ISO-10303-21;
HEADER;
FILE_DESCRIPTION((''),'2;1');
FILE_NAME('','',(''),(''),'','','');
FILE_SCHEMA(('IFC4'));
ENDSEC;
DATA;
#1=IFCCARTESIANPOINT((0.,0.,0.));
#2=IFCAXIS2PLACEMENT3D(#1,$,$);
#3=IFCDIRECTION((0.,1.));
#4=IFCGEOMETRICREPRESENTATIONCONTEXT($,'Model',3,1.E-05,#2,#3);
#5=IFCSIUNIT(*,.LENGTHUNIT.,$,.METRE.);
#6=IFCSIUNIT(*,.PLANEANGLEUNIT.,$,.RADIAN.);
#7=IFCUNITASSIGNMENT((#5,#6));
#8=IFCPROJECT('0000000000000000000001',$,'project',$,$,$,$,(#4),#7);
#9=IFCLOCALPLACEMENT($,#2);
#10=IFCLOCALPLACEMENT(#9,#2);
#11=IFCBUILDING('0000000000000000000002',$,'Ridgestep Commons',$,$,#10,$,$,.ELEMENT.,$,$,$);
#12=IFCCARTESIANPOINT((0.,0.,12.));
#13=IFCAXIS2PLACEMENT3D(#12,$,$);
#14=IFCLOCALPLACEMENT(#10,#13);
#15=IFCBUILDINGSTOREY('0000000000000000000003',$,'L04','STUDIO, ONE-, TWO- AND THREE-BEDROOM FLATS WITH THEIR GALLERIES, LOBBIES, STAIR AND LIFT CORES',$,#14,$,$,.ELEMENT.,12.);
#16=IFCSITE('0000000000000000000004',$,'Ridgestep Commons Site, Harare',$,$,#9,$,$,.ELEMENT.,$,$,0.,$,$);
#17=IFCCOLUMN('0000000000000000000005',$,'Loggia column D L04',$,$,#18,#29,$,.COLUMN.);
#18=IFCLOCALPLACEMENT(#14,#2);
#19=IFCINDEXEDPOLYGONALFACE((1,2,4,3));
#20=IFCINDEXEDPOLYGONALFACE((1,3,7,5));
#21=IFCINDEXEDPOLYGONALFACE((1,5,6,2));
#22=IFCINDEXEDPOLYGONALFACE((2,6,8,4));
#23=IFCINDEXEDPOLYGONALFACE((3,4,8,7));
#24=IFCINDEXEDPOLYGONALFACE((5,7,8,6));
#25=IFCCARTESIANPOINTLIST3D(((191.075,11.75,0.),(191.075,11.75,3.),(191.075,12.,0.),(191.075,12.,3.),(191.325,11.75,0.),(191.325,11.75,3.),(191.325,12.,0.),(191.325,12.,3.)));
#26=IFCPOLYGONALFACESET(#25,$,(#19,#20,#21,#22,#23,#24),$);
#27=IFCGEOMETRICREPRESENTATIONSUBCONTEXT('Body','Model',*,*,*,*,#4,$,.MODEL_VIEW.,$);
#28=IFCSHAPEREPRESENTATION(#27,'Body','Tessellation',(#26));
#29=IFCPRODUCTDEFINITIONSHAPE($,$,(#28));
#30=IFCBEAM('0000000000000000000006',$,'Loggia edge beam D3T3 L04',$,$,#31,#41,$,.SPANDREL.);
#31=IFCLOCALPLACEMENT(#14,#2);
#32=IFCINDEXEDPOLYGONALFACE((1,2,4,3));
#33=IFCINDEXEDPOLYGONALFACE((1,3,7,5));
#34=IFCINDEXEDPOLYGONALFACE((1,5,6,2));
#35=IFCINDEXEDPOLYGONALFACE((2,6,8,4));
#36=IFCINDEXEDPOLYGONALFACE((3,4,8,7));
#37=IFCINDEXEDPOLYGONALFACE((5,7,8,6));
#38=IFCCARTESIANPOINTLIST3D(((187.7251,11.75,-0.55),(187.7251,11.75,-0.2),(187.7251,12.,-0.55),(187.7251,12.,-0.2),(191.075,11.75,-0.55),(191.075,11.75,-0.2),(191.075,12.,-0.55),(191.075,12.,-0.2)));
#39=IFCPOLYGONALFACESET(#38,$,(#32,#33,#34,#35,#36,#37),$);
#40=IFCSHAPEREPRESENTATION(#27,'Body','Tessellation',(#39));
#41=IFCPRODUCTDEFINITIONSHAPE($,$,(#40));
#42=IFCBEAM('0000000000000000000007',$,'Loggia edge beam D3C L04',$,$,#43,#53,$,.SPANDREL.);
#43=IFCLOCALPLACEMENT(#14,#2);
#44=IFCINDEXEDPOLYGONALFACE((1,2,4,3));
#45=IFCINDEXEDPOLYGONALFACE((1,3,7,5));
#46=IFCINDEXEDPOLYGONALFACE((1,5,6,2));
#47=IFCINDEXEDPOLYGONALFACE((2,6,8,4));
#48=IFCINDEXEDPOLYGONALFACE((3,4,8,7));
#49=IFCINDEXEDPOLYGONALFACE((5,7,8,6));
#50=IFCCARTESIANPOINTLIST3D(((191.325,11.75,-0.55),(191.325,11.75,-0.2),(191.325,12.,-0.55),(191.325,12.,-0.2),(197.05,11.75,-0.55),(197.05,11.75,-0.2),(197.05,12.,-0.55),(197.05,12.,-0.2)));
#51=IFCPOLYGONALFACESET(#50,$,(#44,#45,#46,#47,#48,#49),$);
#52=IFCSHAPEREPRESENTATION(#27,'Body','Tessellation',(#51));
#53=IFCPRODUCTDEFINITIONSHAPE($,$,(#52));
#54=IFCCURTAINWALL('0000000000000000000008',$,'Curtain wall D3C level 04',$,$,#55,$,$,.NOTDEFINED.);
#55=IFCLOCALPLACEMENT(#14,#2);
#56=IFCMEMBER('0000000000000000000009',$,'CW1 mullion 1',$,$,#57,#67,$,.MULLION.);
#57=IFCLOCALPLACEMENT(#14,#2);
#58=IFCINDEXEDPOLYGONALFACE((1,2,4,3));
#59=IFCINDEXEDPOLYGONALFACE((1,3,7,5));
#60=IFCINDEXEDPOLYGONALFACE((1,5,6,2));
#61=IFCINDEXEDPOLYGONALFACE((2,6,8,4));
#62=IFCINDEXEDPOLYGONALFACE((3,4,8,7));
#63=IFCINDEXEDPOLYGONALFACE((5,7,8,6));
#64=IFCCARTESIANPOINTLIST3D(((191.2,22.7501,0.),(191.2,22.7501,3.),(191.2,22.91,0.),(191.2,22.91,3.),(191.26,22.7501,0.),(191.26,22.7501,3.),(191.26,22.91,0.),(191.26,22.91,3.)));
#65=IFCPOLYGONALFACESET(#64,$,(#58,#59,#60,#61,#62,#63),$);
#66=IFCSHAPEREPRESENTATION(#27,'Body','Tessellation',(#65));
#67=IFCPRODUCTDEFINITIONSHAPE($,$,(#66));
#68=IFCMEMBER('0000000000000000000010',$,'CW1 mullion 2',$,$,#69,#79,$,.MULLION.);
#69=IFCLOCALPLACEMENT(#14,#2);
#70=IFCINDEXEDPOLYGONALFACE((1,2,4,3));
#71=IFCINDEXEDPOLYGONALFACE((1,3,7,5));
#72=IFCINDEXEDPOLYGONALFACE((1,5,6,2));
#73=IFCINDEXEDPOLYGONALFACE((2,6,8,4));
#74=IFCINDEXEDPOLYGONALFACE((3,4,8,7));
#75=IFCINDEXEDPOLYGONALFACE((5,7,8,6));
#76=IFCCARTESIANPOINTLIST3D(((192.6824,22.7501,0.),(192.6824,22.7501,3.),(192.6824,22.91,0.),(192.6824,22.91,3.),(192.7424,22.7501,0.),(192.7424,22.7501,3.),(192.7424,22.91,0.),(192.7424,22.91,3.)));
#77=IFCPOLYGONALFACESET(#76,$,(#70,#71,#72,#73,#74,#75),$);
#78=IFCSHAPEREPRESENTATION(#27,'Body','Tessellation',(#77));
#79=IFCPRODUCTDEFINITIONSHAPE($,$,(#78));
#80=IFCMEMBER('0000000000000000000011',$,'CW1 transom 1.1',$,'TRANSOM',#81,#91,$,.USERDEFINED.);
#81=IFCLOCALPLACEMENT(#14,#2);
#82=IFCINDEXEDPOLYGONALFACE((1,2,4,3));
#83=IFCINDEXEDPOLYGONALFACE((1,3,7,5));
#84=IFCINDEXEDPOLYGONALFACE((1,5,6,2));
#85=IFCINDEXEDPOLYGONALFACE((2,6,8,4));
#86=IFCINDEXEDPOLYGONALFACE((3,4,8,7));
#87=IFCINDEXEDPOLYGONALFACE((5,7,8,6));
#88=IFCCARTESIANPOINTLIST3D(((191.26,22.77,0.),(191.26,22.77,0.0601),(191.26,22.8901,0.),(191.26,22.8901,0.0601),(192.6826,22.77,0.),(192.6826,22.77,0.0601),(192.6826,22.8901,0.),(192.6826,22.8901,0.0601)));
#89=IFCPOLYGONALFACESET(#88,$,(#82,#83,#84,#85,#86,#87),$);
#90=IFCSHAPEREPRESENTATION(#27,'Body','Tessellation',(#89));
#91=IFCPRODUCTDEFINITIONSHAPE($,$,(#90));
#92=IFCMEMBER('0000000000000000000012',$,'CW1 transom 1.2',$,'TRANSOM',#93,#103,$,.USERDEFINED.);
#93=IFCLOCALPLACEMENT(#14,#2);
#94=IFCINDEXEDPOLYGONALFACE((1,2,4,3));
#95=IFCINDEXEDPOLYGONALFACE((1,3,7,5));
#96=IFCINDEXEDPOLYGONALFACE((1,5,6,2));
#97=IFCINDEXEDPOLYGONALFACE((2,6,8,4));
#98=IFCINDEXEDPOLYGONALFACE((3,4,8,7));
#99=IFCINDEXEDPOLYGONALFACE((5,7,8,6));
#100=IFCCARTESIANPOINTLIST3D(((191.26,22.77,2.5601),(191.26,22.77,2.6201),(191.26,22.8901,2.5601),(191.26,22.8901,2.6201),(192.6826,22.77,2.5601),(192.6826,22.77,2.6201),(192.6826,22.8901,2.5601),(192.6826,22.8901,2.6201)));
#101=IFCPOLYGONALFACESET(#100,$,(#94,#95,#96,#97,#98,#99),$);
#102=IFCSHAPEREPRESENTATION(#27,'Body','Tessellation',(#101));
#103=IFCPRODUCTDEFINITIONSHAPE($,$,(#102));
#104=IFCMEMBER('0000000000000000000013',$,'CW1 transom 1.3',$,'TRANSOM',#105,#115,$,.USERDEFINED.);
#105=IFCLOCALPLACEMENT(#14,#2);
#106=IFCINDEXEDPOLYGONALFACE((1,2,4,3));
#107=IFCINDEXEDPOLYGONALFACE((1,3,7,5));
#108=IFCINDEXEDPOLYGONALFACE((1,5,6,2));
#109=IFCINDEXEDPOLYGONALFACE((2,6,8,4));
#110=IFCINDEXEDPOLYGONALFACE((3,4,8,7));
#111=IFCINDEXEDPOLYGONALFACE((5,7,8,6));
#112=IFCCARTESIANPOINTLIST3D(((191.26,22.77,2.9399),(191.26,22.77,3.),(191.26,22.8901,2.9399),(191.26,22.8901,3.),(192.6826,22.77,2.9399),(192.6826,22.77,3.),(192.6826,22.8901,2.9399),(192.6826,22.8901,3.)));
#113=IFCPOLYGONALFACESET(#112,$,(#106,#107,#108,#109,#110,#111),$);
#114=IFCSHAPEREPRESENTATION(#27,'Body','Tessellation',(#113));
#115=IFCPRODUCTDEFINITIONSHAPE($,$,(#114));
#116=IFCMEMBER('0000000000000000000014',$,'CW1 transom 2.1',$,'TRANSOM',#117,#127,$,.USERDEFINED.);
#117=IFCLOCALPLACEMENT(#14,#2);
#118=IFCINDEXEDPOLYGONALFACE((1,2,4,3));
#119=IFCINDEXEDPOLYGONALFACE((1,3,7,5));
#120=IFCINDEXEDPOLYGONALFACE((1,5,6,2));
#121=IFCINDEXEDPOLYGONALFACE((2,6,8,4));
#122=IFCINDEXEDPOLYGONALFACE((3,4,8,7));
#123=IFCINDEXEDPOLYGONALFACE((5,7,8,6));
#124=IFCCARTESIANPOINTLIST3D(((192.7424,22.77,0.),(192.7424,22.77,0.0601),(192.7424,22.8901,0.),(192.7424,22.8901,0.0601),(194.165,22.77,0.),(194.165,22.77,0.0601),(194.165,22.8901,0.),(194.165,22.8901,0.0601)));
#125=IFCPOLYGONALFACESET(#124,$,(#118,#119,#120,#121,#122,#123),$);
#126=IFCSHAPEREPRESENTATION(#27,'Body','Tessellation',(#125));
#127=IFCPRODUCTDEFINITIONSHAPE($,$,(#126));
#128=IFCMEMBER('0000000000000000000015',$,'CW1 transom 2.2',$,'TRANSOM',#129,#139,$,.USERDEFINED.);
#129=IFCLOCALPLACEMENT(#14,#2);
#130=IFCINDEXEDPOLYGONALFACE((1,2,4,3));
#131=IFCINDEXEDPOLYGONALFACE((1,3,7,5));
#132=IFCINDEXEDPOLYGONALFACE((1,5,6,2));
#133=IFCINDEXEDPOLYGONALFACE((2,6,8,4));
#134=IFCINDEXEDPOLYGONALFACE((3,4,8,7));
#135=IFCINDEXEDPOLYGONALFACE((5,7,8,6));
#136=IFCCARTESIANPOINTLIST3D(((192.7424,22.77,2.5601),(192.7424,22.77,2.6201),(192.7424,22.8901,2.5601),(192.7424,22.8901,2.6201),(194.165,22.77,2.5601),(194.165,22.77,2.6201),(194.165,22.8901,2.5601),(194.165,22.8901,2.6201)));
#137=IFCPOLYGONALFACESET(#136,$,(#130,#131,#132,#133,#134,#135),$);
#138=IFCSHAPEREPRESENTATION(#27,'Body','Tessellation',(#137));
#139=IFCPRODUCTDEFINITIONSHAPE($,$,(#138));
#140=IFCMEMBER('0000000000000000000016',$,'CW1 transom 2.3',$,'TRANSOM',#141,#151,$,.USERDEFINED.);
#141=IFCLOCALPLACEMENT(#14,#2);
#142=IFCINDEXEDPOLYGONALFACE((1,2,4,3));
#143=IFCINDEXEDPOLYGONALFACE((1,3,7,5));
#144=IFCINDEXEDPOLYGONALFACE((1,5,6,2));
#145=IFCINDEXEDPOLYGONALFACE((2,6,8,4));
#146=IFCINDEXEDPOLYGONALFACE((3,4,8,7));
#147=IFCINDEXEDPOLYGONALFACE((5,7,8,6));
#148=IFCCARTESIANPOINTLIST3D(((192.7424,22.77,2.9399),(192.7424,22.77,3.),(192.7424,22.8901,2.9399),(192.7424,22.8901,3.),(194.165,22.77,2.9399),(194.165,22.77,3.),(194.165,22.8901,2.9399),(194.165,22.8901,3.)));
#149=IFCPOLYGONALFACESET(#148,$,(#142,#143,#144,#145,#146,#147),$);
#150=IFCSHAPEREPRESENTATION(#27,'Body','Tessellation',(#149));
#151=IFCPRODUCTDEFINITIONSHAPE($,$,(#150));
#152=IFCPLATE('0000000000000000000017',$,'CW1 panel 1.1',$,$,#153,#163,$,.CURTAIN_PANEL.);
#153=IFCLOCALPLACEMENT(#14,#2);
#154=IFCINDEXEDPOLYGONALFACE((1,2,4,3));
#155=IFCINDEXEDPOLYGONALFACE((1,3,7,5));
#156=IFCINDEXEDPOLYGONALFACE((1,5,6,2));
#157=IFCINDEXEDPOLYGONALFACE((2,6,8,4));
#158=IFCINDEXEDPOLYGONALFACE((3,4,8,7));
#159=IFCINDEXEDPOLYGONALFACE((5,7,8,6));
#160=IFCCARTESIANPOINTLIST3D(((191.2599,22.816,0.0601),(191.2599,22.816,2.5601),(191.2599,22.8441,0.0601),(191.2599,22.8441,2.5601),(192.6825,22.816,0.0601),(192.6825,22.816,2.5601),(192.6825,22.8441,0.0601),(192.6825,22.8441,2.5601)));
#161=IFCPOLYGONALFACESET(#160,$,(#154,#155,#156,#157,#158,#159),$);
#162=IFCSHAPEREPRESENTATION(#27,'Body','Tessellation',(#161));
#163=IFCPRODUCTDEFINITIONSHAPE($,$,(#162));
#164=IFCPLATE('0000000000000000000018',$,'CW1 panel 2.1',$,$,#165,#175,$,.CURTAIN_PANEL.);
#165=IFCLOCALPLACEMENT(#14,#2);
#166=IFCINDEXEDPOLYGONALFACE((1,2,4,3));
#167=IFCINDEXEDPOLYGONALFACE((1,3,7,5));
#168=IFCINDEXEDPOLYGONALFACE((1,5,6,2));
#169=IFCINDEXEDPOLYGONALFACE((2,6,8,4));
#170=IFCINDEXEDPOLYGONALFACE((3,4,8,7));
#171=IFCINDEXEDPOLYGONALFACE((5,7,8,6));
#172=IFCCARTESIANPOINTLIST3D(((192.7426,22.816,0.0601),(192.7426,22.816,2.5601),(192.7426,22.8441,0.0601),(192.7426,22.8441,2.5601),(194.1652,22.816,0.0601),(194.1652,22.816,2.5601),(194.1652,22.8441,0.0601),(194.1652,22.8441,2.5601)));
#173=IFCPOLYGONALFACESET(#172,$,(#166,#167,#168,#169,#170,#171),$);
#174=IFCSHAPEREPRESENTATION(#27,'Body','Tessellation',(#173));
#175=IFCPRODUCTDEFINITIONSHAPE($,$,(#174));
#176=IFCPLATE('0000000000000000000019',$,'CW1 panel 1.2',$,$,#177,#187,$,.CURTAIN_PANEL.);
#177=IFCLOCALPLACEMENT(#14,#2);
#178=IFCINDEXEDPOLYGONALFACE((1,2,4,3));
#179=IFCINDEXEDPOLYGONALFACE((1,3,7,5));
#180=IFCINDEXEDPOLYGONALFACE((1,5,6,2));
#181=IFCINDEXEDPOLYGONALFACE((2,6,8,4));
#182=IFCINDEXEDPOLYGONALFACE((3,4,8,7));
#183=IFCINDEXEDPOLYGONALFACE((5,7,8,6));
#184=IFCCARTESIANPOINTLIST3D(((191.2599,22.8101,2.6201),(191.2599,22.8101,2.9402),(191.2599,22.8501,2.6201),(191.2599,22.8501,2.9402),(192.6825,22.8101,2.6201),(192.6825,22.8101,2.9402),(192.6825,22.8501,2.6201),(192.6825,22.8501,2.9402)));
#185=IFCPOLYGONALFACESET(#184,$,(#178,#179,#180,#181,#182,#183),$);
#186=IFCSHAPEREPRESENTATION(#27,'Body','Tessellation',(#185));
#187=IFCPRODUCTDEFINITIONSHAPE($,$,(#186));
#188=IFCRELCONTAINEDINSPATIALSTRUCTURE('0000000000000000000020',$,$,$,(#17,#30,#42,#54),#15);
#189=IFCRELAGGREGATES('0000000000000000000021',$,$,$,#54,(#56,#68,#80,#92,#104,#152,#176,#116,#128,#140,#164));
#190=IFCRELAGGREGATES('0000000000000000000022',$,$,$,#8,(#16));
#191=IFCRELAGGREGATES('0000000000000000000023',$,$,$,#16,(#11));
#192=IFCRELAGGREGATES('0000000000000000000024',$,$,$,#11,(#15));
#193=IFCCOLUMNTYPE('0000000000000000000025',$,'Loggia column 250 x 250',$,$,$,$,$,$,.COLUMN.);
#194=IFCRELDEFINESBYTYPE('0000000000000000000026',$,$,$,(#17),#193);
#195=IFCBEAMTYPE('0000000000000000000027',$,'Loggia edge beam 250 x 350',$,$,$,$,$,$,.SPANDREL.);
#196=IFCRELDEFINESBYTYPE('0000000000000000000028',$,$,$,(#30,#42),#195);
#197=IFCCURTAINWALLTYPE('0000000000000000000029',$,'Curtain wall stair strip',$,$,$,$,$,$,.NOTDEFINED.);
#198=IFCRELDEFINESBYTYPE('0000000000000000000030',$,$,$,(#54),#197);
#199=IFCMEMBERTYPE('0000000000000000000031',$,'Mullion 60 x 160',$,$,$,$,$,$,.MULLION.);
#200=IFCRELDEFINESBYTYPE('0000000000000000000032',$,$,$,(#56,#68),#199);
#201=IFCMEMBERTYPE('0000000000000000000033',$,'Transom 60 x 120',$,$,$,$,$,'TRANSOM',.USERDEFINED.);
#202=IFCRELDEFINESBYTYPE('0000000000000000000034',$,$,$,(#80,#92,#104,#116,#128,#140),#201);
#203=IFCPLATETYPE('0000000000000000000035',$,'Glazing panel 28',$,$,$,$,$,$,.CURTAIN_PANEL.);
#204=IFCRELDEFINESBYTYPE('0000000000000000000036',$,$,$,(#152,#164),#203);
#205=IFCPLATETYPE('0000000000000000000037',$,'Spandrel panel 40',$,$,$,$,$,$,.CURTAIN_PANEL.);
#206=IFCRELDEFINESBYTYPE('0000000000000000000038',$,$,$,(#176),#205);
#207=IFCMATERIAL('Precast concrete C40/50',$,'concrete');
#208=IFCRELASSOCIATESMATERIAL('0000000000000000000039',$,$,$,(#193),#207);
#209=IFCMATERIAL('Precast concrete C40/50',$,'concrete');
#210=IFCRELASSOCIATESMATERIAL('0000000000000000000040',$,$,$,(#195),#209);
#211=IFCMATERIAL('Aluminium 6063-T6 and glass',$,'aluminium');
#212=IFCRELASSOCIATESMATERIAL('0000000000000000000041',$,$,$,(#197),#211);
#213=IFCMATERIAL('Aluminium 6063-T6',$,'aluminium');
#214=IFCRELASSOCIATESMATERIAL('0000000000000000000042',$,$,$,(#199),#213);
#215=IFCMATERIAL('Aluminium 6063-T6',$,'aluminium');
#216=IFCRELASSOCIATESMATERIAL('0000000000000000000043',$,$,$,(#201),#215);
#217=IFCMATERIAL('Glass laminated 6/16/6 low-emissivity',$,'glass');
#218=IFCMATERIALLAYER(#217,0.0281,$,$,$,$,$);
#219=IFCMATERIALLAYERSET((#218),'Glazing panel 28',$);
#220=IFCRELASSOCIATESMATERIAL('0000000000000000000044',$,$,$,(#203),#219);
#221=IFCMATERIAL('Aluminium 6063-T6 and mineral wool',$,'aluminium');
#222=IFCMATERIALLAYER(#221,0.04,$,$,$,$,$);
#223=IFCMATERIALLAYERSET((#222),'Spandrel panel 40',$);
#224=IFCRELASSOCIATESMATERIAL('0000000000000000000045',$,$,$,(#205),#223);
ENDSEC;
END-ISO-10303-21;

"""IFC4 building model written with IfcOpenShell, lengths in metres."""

from ifc_helpers import new_model, si_unit, direction, frame, origin, origin_2d, place, context, subcontext, project, spatial, rectangle, extrude, material, layer, layer_set, material_profile, profile_set, type_object, element, aggregate, save


model = new_model("IFC4")

# Units and contexts
model_context = context("Model", 3, precision=1e-05, world=origin(), true_north=direction((0.0, 1.0)))
body_context = subcontext(model_context, "Body", "Model", "MODEL_VIEW")
ifc_project = project(units=[si_unit("LENGTHUNIT", "METRE"), si_unit("PLANEANGLEUNIT", "RADIAN")], contexts=[model_context])

# Site, building, storey
site_placement = place(None, origin())
site = spatial("IfcSite", under=ifc_project, at=site_placement, Name="Ridgestep Commons Site, Harare", CompositionType="ELEMENT", RefElevation=0.0)
building_placement = place(site_placement, origin())
building = spatial("IfcBuilding", under=site, at=building_placement, Name="Ridgestep Commons", CompositionType="ELEMENT")
storey_placement = place(building_placement, frame((0.0, 0.0, 12.0)))
storey = spatial("IfcBuildingStorey", under=building, at=storey_placement, Name="L04", Description="STUDIO, ONE-, TWO- AND THREE-BEDROOM FLATS WITH THEIR GALLERIES, LOBBIES, STAIR AND LIFT CORES", CompositionType="ELEMENT", Elevation=12.0)

# Column
ifc_material_1 = material(Name="Precast concrete C40/50", Category="concrete")
ifc_material_profile_1 = material_profile(ifc_material_1, rectangle(XDim=0.25, YDim=0.25, at=origin_2d()), Name="PC 250x250")
ifc_profile_set_1 = profile_set([ifc_material_profile_1], Name="Precast concrete C40/50")
column_type = type_object("IfcColumnType", Name="Loggia column 250 x 250", PredefinedType="COLUMN", material=ifc_profile_set_1)
column_placement = place(storey_placement, frame((191.2, 11.875, 0.0), z_axis=(0.0, 0.0, 1.0), x_axis=(1.0, 0.0, 0.0)))
element("IfcColumn", 1, at=column_placement, inside=storey, type_object=column_type, Name="Loggia column D L04", PredefinedType="COLUMN", context=body_context, shape_type="SweptSolid", body=[
    extrude(rectangle(XDim=0.25, YDim=0.25, at=origin_2d()), origin(), (0.0, 0.0, 1.0), 3.0),
])

# Beams
ifc_material_2 = material(Name="Precast concrete C40/50", Category="concrete")
ifc_material_profile_2 = material_profile(ifc_material_2, rectangle(XDim=0.25, YDim=0.3501, at=origin_2d()), Name="PC 250x350")
ifc_profile_set_2 = profile_set([ifc_material_profile_2], Name="Precast concrete C40/50")
beam_type = type_object("IfcBeamType", Name="Loggia edge beam 250 x 350", PredefinedType="SPANDREL", material=ifc_profile_set_2)
beam_1_placement = place(storey_placement, frame((187.7251, 11.875, -0.375), z_axis=(1.0, 0.0, 0.0), x_axis=(0.0, 1.0, 0.0)))
element("IfcBeam", 2, at=beam_1_placement, inside=storey, type_object=beam_type, Name="Loggia edge beam D3T3 L04", PredefinedType="SPANDREL", context=body_context, shape_type="SweptSolid", body=[
    extrude(rectangle(XDim=0.25, YDim=0.3501, at=origin_2d()), origin(), (0.0, 0.0, 1.0), 3.3499),
])
beam_2_placement = place(storey_placement, frame((191.325, 11.875, -0.375), z_axis=(1.0, 0.0, 0.0), x_axis=(0.0, 1.0, 0.0)))
element("IfcBeam", 3, at=beam_2_placement, inside=storey, type_object=beam_type, Name="Loggia edge beam D3C L04", PredefinedType="SPANDREL", context=body_context, shape_type="SweptSolid", body=[
    extrude(rectangle(XDim=0.25, YDim=0.3501, at=origin_2d()), origin(), (0.0, 0.0, 1.0), 5.7251),
])

# Curtain wall, members, plates
ifc_material_3 = material(Name="Aluminium 6063-T6 and glass", Category="aluminium")
curtain_wall_type = type_object("IfcCurtainWallType", Name="Curtain wall stair strip", PredefinedType="NOTDEFINED", material=ifc_material_3)
curtain_wall_placement = place(storey_placement, origin())
curtain_wall = element("IfcCurtainWall", 4, at=curtain_wall_placement, inside=storey, type_object=curtain_wall_type, Name="Curtain wall D3C level 04", PredefinedType="NOTDEFINED")
ifc_material_4 = material(Name="Aluminium 6063-T6", Category="aluminium")
ifc_material_profile_3 = material_profile(ifc_material_4, rectangle(XDim=0.1599, YDim=0.0601, at=origin_2d()), Name="Mullion 60 x 160")
ifc_profile_set_3 = profile_set([ifc_material_profile_3], Name="Aluminium 6063-T6")
member_type_1 = type_object("IfcMemberType", Name="Mullion 60 x 160", PredefinedType="MULLION", material=ifc_profile_set_3)
member_1_placement = place(storey_placement, frame((191.23, 22.8301, 0.0), z_axis=(0.0, 0.0, 1.0), x_axis=(0.0, 1.0, 0.0)))
member_1 = element("IfcMember", 5, at=member_1_placement, type_object=member_type_1, Name="CW1 mullion 1", PredefinedType="MULLION", context=body_context, shape_type="SweptSolid", body=[
    extrude(rectangle(XDim=0.1599, YDim=0.0601, at=origin_2d()), origin(), (0.0, 0.0, 1.0), 3.0),
])
member_2_placement = place(storey_placement, frame((192.7124, 22.8301, 0.0), z_axis=(0.0, 0.0, 1.0), x_axis=(0.0, 1.0, 0.0)))
member_2 = element("IfcMember", 6, at=member_2_placement, type_object=member_type_1, Name="CW1 mullion 2", PredefinedType="MULLION", context=body_context, shape_type="SweptSolid", body=[
    extrude(rectangle(XDim=0.1599, YDim=0.0601, at=origin_2d()), origin(), (0.0, 0.0, 1.0), 3.0),
])
ifc_material_5 = material(Name="Aluminium 6063-T6", Category="aluminium")
ifc_material_profile_4 = material_profile(ifc_material_5, rectangle(XDim=0.1201, YDim=0.0601, at=origin_2d()), Name="Transom 60 x 120")
ifc_profile_set_4 = profile_set([ifc_material_profile_4], Name="Aluminium 6063-T6")
member_type_2 = type_object("IfcMemberType", Name="Transom 60 x 120", ElementType="TRANSOM", PredefinedType="USERDEFINED", material=ifc_profile_set_4)
member_3_placement = place(storey_placement, frame((191.26, 22.8301, 0.03), z_axis=(1.0, 0.0, 0.0), x_axis=(0.0, 1.0, 0.0)))
member_3 = element("IfcMember", 7, at=member_3_placement, type_object=member_type_2, Name="CW1 transom 1.1", ObjectType="TRANSOM", PredefinedType="USERDEFINED", context=body_context, shape_type="SweptSolid", body=[
    extrude(rectangle(XDim=0.1201, YDim=0.0601, at=origin_2d()), origin(), (0.0, 0.0, 1.0), 1.4226),
])
member_4_placement = place(storey_placement, frame((191.26, 22.8301, 2.5901), z_axis=(1.0, 0.0, 0.0), x_axis=(0.0, 1.0, 0.0)))
member_4 = element("IfcMember", 8, at=member_4_placement, type_object=member_type_2, Name="CW1 transom 1.2", ObjectType="TRANSOM", PredefinedType="USERDEFINED", context=body_context, shape_type="SweptSolid", body=[
    extrude(rectangle(XDim=0.1201, YDim=0.0601, at=origin_2d()), origin(), (0.0, 0.0, 1.0), 1.4226),
])
member_5_placement = place(storey_placement, frame((191.26, 22.8301, 2.97), z_axis=(1.0, 0.0, 0.0), x_axis=(0.0, 1.0, 0.0)))
member_5 = element("IfcMember", 9, at=member_5_placement, type_object=member_type_2, Name="CW1 transom 1.3", ObjectType="TRANSOM", PredefinedType="USERDEFINED", context=body_context, shape_type="SweptSolid", body=[
    extrude(rectangle(XDim=0.1201, YDim=0.0601, at=origin_2d()), origin(), (0.0, 0.0, 1.0), 1.4226),
])
member_6_placement = place(storey_placement, frame((192.7424, 22.8301, 0.03), z_axis=(1.0, 0.0, 0.0), x_axis=(0.0, 1.0, 0.0)))
member_6 = element("IfcMember", 10, at=member_6_placement, type_object=member_type_2, Name="CW1 transom 2.1", ObjectType="TRANSOM", PredefinedType="USERDEFINED", context=body_context, shape_type="SweptSolid", body=[
    extrude(rectangle(XDim=0.1201, YDim=0.0601, at=origin_2d()), origin(), (0.0, 0.0, 1.0), 1.4226),
])
member_7_placement = place(storey_placement, frame((192.7424, 22.8301, 2.5901), z_axis=(1.0, 0.0, 0.0), x_axis=(0.0, 1.0, 0.0)))
member_7 = element("IfcMember", 11, at=member_7_placement, type_object=member_type_2, Name="CW1 transom 2.2", ObjectType="TRANSOM", PredefinedType="USERDEFINED", context=body_context, shape_type="SweptSolid", body=[
    extrude(rectangle(XDim=0.1201, YDim=0.0601, at=origin_2d()), origin(), (0.0, 0.0, 1.0), 1.4226),
])
member_8_placement = place(storey_placement, frame((192.7424, 22.8301, 2.97), z_axis=(1.0, 0.0, 0.0), x_axis=(0.0, 1.0, 0.0)))
member_8 = element("IfcMember", 12, at=member_8_placement, type_object=member_type_2, Name="CW1 transom 2.3", ObjectType="TRANSOM", PredefinedType="USERDEFINED", context=body_context, shape_type="SweptSolid", body=[
    extrude(rectangle(XDim=0.1201, YDim=0.0601, at=origin_2d()), origin(), (0.0, 0.0, 1.0), 1.4226),
])
ifc_material_6 = material(Name="Glass laminated 6/16/6 low-emissivity", Category="glass")
ifc_layer_1 = layer(ifc_material_6, 0.0281)
ifc_layer_set_1 = layer_set([ifc_layer_1], Name="Glazing panel 28")
plate_type_1 = type_object("IfcPlateType", Name="Glazing panel 28", PredefinedType="CURTAIN_PANEL", material=ifc_layer_set_1)
plate_1_placement = place(storey_placement, frame((191.9712, 22.8301, 0.0601), z_axis=(0.0, 0.0, 1.0), x_axis=(1.0, 0.0, 0.0)))
plate_1 = element("IfcPlate", 13, at=plate_1_placement, type_object=plate_type_1, Name="CW1 panel 1.1", PredefinedType="CURTAIN_PANEL", context=body_context, shape_type="SweptSolid", body=[
    extrude(rectangle(XDim=1.4226, YDim=0.0281, at=origin_2d()), origin(), (0.0, 0.0, 1.0), 2.5),
])
plate_2_placement = place(storey_placement, frame((193.4539, 22.8301, 0.0601), z_axis=(0.0, 0.0, 1.0), x_axis=(1.0, 0.0, 0.0)))
plate_2 = element("IfcPlate", 14, at=plate_2_placement, type_object=plate_type_1, Name="CW1 panel 2.1", PredefinedType="CURTAIN_PANEL", context=body_context, shape_type="SweptSolid", body=[
    extrude(rectangle(XDim=1.4226, YDim=0.0281, at=origin_2d()), origin(), (0.0, 0.0, 1.0), 2.5),
])
ifc_material_7 = material(Name="Aluminium 6063-T6 and mineral wool", Category="aluminium")
ifc_layer_2 = layer(ifc_material_7, 0.04)
ifc_layer_set_2 = layer_set([ifc_layer_2], Name="Spandrel panel 40")
plate_type_2 = type_object("IfcPlateType", Name="Spandrel panel 40", PredefinedType="CURTAIN_PANEL", material=ifc_layer_set_2)
plate_3_placement = place(storey_placement, frame((191.9712, 22.8301, 2.6201), z_axis=(0.0, 0.0, 1.0), x_axis=(1.0, 0.0, 0.0)))
plate_3 = element("IfcPlate", 15, at=plate_3_placement, type_object=plate_type_2, Name="CW1 panel 1.2", PredefinedType="CURTAIN_PANEL", context=body_context, shape_type="SweptSolid", body=[
    extrude(rectangle(XDim=1.4226, YDim=0.04, at=origin_2d()), origin(), (0.0, 0.0, 1.0), 0.3201),
])
aggregate(curtain_wall, [member_1, member_2, member_3, member_4, member_5, plate_1, plate_3, member_6, member_7, member_8, plate_2])

save(model, "model.ifc")
